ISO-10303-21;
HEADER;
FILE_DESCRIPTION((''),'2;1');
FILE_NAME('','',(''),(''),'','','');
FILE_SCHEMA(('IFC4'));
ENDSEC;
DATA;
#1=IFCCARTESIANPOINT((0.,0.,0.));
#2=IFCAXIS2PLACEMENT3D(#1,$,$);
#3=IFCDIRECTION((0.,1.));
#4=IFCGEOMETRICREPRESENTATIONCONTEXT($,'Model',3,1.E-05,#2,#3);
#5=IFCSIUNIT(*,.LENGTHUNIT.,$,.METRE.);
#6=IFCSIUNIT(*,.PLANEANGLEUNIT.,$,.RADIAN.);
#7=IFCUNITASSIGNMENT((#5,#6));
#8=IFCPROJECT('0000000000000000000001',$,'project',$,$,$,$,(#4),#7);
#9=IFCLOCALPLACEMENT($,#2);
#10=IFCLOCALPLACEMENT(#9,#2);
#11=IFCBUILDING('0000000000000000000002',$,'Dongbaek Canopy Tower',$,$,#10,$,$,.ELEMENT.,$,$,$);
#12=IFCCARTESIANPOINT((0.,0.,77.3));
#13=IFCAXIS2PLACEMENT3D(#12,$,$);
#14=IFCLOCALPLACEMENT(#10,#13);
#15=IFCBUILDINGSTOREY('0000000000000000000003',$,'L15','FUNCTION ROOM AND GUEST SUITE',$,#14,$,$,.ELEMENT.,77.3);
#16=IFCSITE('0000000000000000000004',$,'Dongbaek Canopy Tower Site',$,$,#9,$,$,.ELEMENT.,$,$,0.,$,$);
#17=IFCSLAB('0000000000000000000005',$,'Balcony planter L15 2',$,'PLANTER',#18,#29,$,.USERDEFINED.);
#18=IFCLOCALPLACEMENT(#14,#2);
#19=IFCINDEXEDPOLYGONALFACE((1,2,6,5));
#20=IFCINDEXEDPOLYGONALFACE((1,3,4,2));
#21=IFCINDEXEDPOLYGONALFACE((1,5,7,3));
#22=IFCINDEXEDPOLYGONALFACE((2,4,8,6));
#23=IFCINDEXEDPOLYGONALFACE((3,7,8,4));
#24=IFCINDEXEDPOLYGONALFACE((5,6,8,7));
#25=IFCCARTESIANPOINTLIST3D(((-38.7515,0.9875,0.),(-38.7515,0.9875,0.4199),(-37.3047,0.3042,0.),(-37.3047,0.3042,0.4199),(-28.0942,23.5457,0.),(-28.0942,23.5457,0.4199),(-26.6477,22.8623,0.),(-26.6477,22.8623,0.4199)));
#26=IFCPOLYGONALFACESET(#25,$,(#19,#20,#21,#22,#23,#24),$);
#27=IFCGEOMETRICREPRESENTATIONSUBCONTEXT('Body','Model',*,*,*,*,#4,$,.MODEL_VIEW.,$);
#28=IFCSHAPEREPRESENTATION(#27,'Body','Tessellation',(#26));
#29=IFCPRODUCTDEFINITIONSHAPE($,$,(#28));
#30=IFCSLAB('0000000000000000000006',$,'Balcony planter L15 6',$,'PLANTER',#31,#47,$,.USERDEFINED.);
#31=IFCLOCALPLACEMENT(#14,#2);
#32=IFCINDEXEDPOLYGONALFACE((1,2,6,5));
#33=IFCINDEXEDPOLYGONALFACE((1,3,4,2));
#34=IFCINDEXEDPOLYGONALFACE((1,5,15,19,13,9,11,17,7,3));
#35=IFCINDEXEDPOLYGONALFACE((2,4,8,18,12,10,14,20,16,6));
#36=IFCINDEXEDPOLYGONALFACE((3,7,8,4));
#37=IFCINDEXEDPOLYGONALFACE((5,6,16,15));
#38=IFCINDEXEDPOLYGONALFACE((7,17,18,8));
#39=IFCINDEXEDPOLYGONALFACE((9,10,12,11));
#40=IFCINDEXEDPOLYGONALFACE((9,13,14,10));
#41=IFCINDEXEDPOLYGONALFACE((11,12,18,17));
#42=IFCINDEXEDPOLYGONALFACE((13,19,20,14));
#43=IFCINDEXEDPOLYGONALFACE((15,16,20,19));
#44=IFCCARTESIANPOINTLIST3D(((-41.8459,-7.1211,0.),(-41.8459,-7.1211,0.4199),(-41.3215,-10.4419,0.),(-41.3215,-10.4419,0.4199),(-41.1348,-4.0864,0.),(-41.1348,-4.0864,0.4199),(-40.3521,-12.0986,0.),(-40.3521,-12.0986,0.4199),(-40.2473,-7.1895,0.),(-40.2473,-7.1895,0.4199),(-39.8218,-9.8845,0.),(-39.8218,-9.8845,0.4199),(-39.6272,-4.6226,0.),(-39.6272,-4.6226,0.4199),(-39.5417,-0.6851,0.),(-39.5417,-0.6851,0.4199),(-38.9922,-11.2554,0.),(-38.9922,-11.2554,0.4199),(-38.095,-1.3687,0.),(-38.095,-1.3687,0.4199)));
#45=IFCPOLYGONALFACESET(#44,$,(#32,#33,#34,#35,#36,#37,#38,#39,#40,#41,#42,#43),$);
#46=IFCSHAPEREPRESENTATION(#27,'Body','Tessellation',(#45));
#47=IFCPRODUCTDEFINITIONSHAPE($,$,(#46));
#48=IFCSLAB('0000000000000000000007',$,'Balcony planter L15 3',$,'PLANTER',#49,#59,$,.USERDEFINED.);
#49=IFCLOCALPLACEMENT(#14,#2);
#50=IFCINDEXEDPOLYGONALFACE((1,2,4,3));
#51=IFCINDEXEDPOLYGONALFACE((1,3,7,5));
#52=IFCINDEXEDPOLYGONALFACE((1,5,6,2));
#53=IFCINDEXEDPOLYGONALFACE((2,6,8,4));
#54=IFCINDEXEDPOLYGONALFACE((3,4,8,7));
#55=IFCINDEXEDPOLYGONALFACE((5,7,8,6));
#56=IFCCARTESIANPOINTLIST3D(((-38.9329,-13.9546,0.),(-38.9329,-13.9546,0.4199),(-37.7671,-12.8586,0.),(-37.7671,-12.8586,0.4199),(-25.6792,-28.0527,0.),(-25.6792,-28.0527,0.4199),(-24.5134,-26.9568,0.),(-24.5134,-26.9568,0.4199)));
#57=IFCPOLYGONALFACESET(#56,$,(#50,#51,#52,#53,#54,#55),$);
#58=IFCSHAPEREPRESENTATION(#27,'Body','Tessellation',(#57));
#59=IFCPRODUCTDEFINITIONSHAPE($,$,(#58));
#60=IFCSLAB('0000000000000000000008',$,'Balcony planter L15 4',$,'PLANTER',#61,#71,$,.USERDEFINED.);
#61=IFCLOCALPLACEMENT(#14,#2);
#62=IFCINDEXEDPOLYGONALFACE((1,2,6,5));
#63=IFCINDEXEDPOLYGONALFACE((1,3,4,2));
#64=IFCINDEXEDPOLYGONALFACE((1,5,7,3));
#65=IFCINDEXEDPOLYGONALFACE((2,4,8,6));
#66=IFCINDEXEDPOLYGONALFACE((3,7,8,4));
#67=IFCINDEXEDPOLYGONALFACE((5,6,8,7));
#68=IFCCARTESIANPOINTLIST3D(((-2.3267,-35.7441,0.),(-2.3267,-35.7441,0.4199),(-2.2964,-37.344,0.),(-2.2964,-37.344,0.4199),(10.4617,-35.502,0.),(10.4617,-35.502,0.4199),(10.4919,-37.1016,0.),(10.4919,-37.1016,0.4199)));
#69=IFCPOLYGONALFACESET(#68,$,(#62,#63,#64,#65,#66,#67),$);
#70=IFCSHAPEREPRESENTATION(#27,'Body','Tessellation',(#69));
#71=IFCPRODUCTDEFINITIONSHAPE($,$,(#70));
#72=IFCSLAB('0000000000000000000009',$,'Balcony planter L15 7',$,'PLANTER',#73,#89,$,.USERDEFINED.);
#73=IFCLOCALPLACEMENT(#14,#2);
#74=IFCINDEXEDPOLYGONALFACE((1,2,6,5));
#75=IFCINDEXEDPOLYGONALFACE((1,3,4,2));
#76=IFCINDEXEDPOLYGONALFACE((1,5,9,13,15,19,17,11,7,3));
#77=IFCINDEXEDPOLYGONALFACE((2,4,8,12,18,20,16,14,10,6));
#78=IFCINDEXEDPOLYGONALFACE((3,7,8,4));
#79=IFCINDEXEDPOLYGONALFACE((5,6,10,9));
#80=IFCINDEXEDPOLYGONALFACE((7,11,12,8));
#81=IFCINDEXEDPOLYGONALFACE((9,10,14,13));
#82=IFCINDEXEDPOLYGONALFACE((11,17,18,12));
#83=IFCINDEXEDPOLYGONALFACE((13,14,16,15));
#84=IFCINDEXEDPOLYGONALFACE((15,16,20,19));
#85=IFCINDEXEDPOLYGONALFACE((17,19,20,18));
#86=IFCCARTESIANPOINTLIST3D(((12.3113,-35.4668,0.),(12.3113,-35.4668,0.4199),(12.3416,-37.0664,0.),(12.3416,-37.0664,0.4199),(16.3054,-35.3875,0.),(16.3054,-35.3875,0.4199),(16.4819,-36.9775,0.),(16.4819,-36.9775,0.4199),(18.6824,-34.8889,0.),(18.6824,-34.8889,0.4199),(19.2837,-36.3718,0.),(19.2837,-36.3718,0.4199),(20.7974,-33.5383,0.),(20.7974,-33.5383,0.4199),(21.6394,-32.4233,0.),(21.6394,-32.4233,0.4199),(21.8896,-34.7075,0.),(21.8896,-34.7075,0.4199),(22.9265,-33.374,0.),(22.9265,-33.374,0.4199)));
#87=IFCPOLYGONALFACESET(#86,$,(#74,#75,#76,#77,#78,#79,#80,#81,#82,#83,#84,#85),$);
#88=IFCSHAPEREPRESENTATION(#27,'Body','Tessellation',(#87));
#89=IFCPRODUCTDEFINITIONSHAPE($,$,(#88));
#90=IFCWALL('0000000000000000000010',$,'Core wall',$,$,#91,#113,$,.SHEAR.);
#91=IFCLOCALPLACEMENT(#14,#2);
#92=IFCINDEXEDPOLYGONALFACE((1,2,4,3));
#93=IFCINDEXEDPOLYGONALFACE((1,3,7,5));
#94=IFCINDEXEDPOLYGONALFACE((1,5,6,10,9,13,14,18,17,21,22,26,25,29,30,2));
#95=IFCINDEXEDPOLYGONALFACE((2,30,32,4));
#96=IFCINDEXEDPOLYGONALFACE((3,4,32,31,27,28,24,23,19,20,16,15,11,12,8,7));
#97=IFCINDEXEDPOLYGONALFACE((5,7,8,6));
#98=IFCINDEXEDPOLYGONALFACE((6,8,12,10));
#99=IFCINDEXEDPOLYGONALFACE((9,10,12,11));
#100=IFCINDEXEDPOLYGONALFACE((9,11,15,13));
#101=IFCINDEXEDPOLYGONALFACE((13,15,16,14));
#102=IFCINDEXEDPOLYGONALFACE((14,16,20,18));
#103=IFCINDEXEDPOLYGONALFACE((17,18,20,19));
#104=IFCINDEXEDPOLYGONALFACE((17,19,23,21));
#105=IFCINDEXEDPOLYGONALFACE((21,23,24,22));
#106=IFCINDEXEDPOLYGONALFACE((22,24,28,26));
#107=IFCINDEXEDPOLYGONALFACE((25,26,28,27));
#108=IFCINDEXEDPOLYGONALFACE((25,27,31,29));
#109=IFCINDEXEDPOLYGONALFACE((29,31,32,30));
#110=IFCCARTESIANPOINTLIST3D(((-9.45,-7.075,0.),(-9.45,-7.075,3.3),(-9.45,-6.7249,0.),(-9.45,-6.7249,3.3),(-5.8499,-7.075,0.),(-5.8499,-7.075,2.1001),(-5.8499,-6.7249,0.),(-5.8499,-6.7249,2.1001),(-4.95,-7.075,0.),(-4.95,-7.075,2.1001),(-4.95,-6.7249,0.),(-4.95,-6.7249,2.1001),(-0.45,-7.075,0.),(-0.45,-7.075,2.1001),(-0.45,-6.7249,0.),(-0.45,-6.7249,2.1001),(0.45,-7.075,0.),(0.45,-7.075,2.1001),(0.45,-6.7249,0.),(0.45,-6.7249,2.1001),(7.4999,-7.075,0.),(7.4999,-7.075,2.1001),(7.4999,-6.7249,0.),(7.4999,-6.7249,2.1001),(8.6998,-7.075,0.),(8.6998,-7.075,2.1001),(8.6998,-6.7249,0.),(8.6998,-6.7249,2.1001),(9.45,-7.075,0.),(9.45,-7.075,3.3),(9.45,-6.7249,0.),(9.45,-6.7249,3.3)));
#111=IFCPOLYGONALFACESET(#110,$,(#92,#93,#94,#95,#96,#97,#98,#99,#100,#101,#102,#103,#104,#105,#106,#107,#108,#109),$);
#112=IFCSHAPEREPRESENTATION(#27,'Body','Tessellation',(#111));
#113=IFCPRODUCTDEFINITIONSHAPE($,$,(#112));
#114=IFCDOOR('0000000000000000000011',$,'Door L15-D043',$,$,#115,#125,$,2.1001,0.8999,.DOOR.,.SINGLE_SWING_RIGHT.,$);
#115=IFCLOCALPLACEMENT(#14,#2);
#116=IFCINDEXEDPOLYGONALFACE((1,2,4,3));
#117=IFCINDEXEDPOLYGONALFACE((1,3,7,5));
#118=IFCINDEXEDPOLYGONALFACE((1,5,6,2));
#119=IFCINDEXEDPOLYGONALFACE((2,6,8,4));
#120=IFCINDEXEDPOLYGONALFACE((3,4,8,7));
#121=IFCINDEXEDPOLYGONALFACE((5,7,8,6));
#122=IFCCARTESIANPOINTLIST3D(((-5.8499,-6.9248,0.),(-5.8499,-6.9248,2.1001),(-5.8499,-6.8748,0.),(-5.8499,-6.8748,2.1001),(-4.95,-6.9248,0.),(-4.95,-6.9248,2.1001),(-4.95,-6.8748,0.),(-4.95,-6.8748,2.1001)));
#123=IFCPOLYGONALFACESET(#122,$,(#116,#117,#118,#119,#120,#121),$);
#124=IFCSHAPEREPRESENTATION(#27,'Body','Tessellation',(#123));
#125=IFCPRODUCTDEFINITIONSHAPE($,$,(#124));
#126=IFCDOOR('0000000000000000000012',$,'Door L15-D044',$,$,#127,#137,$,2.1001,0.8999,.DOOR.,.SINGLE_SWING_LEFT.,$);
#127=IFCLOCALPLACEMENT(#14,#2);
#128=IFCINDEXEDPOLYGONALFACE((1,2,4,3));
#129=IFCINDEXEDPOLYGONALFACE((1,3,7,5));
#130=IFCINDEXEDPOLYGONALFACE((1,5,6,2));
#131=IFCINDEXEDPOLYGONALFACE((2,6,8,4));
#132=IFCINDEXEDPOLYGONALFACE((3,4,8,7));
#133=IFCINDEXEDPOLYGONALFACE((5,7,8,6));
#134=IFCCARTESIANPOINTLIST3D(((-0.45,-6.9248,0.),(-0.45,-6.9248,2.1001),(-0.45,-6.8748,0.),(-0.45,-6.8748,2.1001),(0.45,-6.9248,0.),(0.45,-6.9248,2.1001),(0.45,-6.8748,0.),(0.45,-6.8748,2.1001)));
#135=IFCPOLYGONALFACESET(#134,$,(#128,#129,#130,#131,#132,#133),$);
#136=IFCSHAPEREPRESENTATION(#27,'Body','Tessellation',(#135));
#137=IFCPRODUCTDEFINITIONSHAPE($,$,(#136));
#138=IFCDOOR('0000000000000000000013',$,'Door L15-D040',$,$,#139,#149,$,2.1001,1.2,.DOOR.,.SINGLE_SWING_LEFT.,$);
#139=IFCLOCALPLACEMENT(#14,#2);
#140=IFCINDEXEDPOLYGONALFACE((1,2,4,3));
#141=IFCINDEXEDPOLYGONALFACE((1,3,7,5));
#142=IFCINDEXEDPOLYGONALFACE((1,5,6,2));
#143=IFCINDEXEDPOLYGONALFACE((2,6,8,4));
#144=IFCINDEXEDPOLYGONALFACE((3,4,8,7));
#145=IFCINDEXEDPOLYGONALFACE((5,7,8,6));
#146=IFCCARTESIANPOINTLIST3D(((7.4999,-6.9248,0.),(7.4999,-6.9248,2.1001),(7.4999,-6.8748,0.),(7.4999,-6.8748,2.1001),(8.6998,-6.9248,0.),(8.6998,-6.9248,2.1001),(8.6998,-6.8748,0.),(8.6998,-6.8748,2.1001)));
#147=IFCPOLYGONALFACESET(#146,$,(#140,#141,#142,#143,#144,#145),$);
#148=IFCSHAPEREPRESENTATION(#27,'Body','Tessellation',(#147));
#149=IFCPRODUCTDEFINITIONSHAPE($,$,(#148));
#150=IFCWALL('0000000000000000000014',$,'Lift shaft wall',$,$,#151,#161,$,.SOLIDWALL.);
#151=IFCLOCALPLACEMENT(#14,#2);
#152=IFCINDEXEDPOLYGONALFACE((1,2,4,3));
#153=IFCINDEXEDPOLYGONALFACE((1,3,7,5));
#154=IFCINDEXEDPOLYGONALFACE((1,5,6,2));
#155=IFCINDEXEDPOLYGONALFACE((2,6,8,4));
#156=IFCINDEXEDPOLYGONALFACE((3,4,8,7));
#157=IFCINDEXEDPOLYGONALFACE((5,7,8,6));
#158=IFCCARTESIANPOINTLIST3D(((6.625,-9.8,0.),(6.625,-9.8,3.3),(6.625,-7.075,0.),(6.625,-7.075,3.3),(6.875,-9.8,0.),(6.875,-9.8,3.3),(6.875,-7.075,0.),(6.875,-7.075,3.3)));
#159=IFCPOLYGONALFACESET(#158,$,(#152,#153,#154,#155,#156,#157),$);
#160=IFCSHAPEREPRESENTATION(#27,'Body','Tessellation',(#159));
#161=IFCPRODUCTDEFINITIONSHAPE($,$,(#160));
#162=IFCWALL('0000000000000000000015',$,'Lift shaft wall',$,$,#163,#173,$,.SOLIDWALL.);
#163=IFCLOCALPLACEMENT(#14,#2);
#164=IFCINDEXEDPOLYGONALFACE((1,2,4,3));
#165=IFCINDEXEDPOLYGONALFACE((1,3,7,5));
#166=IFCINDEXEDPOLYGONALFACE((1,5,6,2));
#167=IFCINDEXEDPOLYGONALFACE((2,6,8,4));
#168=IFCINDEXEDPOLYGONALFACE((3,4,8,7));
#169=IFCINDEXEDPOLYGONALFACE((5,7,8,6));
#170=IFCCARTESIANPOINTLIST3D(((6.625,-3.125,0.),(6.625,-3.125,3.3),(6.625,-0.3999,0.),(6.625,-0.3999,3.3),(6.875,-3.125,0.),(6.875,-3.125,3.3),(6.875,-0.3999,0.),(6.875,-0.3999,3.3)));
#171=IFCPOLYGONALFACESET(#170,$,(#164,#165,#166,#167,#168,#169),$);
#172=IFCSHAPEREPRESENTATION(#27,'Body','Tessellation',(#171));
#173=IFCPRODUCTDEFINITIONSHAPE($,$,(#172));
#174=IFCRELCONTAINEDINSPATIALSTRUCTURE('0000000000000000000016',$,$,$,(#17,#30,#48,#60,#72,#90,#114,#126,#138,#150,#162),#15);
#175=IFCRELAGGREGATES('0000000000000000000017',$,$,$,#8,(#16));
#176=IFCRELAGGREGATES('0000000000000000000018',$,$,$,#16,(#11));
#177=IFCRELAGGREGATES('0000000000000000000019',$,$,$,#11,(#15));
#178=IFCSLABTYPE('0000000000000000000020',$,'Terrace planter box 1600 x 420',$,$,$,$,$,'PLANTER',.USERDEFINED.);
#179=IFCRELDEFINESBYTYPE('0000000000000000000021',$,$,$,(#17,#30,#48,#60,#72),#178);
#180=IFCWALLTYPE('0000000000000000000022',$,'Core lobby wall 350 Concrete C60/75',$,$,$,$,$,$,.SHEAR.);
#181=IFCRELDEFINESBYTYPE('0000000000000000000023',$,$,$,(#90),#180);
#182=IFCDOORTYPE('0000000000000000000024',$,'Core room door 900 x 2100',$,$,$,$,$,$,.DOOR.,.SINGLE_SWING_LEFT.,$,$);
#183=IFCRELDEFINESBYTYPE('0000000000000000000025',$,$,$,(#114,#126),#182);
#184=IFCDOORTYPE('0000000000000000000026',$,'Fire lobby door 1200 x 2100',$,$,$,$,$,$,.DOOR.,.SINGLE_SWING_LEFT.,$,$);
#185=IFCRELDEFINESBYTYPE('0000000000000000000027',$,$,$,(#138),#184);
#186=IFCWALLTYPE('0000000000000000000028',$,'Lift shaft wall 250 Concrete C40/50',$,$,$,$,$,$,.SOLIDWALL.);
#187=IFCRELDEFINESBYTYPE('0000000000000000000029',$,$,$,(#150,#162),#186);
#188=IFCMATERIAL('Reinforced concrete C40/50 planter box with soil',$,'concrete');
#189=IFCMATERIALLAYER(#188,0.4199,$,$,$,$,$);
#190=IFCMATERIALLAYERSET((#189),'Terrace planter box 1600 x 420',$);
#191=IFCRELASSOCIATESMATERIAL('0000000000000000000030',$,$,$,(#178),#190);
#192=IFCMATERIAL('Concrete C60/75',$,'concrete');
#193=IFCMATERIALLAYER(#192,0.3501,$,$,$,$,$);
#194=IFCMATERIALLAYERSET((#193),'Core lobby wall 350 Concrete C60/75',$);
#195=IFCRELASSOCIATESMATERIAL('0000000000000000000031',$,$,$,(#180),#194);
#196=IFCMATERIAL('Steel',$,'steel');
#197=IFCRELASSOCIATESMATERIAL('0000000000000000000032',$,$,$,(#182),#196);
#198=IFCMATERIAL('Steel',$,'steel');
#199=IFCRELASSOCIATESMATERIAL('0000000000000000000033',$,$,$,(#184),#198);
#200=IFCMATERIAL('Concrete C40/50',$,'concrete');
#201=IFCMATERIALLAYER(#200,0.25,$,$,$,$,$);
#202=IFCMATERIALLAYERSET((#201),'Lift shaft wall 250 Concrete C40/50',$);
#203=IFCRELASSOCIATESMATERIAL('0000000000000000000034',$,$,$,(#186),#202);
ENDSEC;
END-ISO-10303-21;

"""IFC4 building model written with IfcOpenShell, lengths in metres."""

from ifc_helpers import new_model, si_unit, direction, frame, frame_2d, origin, place, context, subcontext, project, spatial, polyline, rectangle, outline, extrude, material, layer, layer_set, type_object, element, fill, save


model = new_model("IFC4")

# Units and contexts
model_context = context("Model", 3, precision=1e-05, world=origin(), true_north=direction((0.0, 1.0)))
body_context = subcontext(model_context, "Body", "Model", "MODEL_VIEW")
ifc_project = project(units=[si_unit("LENGTHUNIT", "METRE"), si_unit("PLANEANGLEUNIT", "RADIAN")], contexts=[model_context])

# Site, building, storey
site_placement = place(None, origin())
site = spatial("IfcSite", under=ifc_project, at=site_placement, Name="Dongbaek Canopy Tower Site", CompositionType="ELEMENT", RefElevation=0.0)
building_placement = place(site_placement, origin())
building = spatial("IfcBuilding", under=site, at=building_placement, Name="Dongbaek Canopy Tower", CompositionType="ELEMENT")
storey_placement = place(building_placement, frame((0.0, 0.0, 77.3)))
storey = spatial("IfcBuildingStorey", under=building, at=storey_placement, Name="L15", Description="FUNCTION ROOM AND GUEST SUITE", CompositionType="ELEMENT", Elevation=77.3)

# Slabs
ifc_material_1 = material(Name="Reinforced concrete C40/50 planter box with soil", Category="concrete")
ifc_layer_1 = layer(ifc_material_1, 0.4199)
ifc_layer_set_1 = layer_set([ifc_layer_1], Name="Terrace planter box 1600 x 420")
slab_type_1 = type_object("IfcSlabType", Name="Terrace planter box 1600 x 420", ElementType="PLANTER", PredefinedType="USERDEFINED", material=ifc_layer_set_1)
slab_1_placement = place(storey_placement, origin())
element("IfcSlab", 1, at=slab_1_placement, inside=storey, type_object=slab_type_1, Name="Balcony planter L15 2", ObjectType="PLANTER", PredefinedType="USERDEFINED", context=body_context, shape_type="SweptSolid", body=[
    extrude(outline(polyline([(-26.6477, 22.8623), (-37.3047, 0.3042), (-38.7515, 0.9875), (-28.0942, 23.5457), (-26.6477, 22.8623)])), origin(), (0.0, 0.0, 1.0), 0.4199),
])
slab_2_placement = place(storey_placement, origin())
element("IfcSlab", 2, at=slab_2_placement, inside=storey, type_object=slab_type_1, Name="Balcony planter L15 6", ObjectType="PLANTER", PredefinedType="USERDEFINED", context=body_context, shape_type="SweptSolid", body=[
    extrude(outline(polyline([(-38.095, -1.3687), (-39.6272, -4.6226), (-40.2473, -7.1895), (-39.8218, -9.8845), (-38.9922, -11.2554), (-40.3521, -12.0986), (-41.3215, -10.4419), (-41.8459, -7.1211), (-41.1348, -4.0864), (-39.5417, -0.6851), (-38.095, -1.3687)])), origin(), (0.0, 0.0, 1.0), 0.4199),
])
slab_3_placement = place(storey_placement, origin())
element("IfcSlab", 3, at=slab_3_placement, inside=storey, type_object=slab_type_1, Name="Balcony planter L15 3", ObjectType="PLANTER", PredefinedType="USERDEFINED", context=body_context, shape_type="SweptSolid", body=[
    extrude(outline(polyline([(-37.7671, -12.8586), (-24.5134, -26.9568), (-25.6792, -28.0527), (-38.9329, -13.9546), (-37.7671, -12.8586)])), origin(), (0.0, 0.0, 1.0), 0.4199),
])
slab_4_placement = place(storey_placement, origin())
element("IfcSlab", 4, at=slab_4_placement, inside=storey, type_object=slab_type_1, Name="Balcony planter L15 4", ObjectType="PLANTER", PredefinedType="USERDEFINED", context=body_context, shape_type="SweptSolid", body=[
    extrude(outline(polyline([(-2.3267, -35.7441), (10.4617, -35.502), (10.4919, -37.1016), (-2.2964, -37.344), (-2.3267, -35.7441)])), origin(), (0.0, 0.0, 1.0), 0.4199),
])
slab_5_placement = place(storey_placement, origin())
element("IfcSlab", 5, at=slab_5_placement, inside=storey, type_object=slab_type_1, Name="Balcony planter L15 7", ObjectType="PLANTER", PredefinedType="USERDEFINED", context=body_context, shape_type="SweptSolid", body=[
    extrude(outline(polyline([(12.3113, -35.4668), (16.3054, -35.3875), (18.6824, -34.8889), (20.7974, -33.5383), (21.6394, -32.4233), (22.9265, -33.374), (21.8896, -34.7075), (19.2837, -36.3718), (16.4819, -36.9775), (12.3416, -37.0664), (12.3113, -35.4668)])), origin(), (0.0, 0.0, 1.0), 0.4199),
])

# Wall, openings, doors
ifc_material_2 = material(Name="Concrete C60/75", Category="concrete")
ifc_layer_2 = layer(ifc_material_2, 0.3501)
ifc_layer_set_2 = layer_set([ifc_layer_2], Name="Core lobby wall 350 Concrete C60/75")
wall_type_1 = type_object("IfcWallType", Name="Core lobby wall 350 Concrete C60/75", PredefinedType="SHEAR", material=ifc_layer_set_2)
wall_1_placement = place(storey_placement, frame((9.45, -6.8999, 0.0), z_axis=(0.0, 0.0, 1.0), x_axis=(-1.0, 0.0, 0.0)))
wall_1 = element("IfcWall", 6, at=wall_1_placement, inside=storey, type_object=wall_type_1, Name="Core wall", PredefinedType="SHEAR", context=body_context, shape_type="SweptSolid", body=[
    extrude(rectangle(XDim=18.8999, YDim=0.3501, at=frame_2d((9.45, 0.0))), origin(), (0.0, 0.0, 1.0), 3.3),
])
opening_1_placement = place(wall_1_placement, frame((0.75, 0.0, 0.0)))
opening_1 = element("IfcOpeningElement", 7, at=opening_1_placement, cuts=wall_1, PredefinedType="OPENING", context=body_context, shape_type="SweptSolid", body=[
    extrude(rectangle(XDim=1.2, YDim=2.1001, at=frame_2d((0.6001, 1.05))), frame((0.0, 0.1851, 0.0), z_axis=(0.0, -1.0, 0.0), x_axis=(1.0, 0.0, 0.0)), (0.0, 0.0, 1.0), 0.3701),
])
opening_2_placement = place(wall_1_placement, frame((14.3999, 0.0, 0.0)))
opening_2 = element("IfcOpeningElement", 8, at=opening_2_placement, cuts=wall_1, PredefinedType="OPENING", context=body_context, shape_type="SweptSolid", body=[
    extrude(rectangle(XDim=0.8999, YDim=2.1001, at=frame_2d((0.45, 1.05))), frame((0.0, 0.1851, 0.0), z_axis=(0.0, -1.0, 0.0), x_axis=(1.0, 0.0, 0.0)), (0.0, 0.0, 1.0), 0.3701),
])
opening_3_placement = place(wall_1_placement, frame((9.0, 0.0, 0.0)))
opening_3 = element("IfcOpeningElement", 9, at=opening_3_placement, cuts=wall_1, PredefinedType="OPENING", context=body_context, shape_type="SweptSolid", body=[
    extrude(rectangle(XDim=0.8999, YDim=2.1001, at=frame_2d((0.45, 1.05))), frame((0.0, 0.1851, 0.0), z_axis=(0.0, -1.0, 0.0), x_axis=(1.0, 0.0, 0.0)), (0.0, 0.0, 1.0), 0.3701),
])
ifc_material_3 = material(Name="Steel", Category="steel")
door_type_1 = type_object("IfcDoorType", Name="Core room door 900 x 2100", OperationType="SINGLE_SWING_LEFT", PredefinedType="DOOR", material=ifc_material_3)
door_1_placement = place(opening_2_placement, origin())
door_1 = element("IfcDoor", 10, at=door_1_placement, inside=storey, type_object=door_type_1, Name="Door L15-D043", OperationType="SINGLE_SWING_RIGHT", OverallHeight=2.1001, OverallWidth=0.8999, PredefinedType="DOOR", context=body_context, shape_type="SweptSolid", body=[
    extrude(rectangle(XDim=0.8999, YDim=2.1001, at=frame_2d((0.45, 1.05))), frame((0.0, 0.0249, 0.0), z_axis=(0.0, -1.0, 0.0), x_axis=(1.0, 0.0, 0.0)), (0.0, 0.0, 1.0), 0.05),
])
fill(opening_2, door_1)
door_2_placement = place(opening_3_placement, origin())
door_2 = element("IfcDoor", 11, at=door_2_placement, inside=storey, type_object=door_type_1, Name="Door L15-D044", OperationType="SINGLE_SWING_LEFT", OverallHeight=2.1001, OverallWidth=0.8999, PredefinedType="DOOR", context=body_context, shape_type="SweptSolid", body=[
    extrude(rectangle(XDim=0.8999, YDim=2.1001, at=frame_2d((0.45, 1.05))), frame((0.0, 0.0249, 0.0), z_axis=(0.0, -1.0, 0.0), x_axis=(1.0, 0.0, 0.0)), (0.0, 0.0, 1.0), 0.05),
])
fill(opening_3, door_2)
ifc_material_4 = material(Name="Steel", Category="steel")
door_type_2 = type_object("IfcDoorType", Name="Fire lobby door 1200 x 2100", OperationType="SINGLE_SWING_LEFT", PredefinedType="DOOR", material=ifc_material_4)
door_3_placement = place(opening_1_placement, origin())
door_3 = element("IfcDoor", 12, at=door_3_placement, inside=storey, type_object=door_type_2, Name="Door L15-D040", OperationType="SINGLE_SWING_LEFT", OverallHeight=2.1001, OverallWidth=1.2, PredefinedType="DOOR", context=body_context, shape_type="SweptSolid", body=[
    extrude(rectangle(XDim=1.2, YDim=2.1001, at=frame_2d((0.6001, 1.05))), frame((0.0, 0.0249, 0.0), z_axis=(0.0, -1.0, 0.0), x_axis=(1.0, 0.0, 0.0)), (0.0, 0.0, 1.0), 0.05),
])
fill(opening_1, door_3)

# Walls
ifc_material_5 = material(Name="Concrete C40/50", Category="concrete")
ifc_layer_3 = layer(ifc_material_5, 0.25)
ifc_layer_set_3 = layer_set([ifc_layer_3], Name="Lift shaft wall 250 Concrete C40/50")
wall_type_2 = type_object("IfcWallType", Name="Lift shaft wall 250 Concrete C40/50", PredefinedType="SOLIDWALL", material=ifc_layer_set_3)
for number, where, z_axis, x_axis, name in (
    (13, (6.75, -9.8, 0.0), (0.0, 0.0, 1.0), (0.0, 1.0, 0.0), "Lift shaft wall"),
    (14, (6.75, -3.125, 0.0), (0.0, 0.0, 1.0), (0.0, 1.0, 0.0), "Lift shaft wall"),
):
    element("IfcWall", number, at=place(storey_placement, frame(where, z_axis=z_axis, x_axis=x_axis)), inside=storey, type_object=wall_type_2, Name=name, PredefinedType="SOLIDWALL", context=body_context, shape_type="SweptSolid", body=[
        extrude(rectangle(XDim=2.7251, YDim=0.25, at=frame_2d((1.3625, 0.0))), origin(), (0.0, 0.0, 1.0), 3.3),
    ])

save(model, "model.ifc")
